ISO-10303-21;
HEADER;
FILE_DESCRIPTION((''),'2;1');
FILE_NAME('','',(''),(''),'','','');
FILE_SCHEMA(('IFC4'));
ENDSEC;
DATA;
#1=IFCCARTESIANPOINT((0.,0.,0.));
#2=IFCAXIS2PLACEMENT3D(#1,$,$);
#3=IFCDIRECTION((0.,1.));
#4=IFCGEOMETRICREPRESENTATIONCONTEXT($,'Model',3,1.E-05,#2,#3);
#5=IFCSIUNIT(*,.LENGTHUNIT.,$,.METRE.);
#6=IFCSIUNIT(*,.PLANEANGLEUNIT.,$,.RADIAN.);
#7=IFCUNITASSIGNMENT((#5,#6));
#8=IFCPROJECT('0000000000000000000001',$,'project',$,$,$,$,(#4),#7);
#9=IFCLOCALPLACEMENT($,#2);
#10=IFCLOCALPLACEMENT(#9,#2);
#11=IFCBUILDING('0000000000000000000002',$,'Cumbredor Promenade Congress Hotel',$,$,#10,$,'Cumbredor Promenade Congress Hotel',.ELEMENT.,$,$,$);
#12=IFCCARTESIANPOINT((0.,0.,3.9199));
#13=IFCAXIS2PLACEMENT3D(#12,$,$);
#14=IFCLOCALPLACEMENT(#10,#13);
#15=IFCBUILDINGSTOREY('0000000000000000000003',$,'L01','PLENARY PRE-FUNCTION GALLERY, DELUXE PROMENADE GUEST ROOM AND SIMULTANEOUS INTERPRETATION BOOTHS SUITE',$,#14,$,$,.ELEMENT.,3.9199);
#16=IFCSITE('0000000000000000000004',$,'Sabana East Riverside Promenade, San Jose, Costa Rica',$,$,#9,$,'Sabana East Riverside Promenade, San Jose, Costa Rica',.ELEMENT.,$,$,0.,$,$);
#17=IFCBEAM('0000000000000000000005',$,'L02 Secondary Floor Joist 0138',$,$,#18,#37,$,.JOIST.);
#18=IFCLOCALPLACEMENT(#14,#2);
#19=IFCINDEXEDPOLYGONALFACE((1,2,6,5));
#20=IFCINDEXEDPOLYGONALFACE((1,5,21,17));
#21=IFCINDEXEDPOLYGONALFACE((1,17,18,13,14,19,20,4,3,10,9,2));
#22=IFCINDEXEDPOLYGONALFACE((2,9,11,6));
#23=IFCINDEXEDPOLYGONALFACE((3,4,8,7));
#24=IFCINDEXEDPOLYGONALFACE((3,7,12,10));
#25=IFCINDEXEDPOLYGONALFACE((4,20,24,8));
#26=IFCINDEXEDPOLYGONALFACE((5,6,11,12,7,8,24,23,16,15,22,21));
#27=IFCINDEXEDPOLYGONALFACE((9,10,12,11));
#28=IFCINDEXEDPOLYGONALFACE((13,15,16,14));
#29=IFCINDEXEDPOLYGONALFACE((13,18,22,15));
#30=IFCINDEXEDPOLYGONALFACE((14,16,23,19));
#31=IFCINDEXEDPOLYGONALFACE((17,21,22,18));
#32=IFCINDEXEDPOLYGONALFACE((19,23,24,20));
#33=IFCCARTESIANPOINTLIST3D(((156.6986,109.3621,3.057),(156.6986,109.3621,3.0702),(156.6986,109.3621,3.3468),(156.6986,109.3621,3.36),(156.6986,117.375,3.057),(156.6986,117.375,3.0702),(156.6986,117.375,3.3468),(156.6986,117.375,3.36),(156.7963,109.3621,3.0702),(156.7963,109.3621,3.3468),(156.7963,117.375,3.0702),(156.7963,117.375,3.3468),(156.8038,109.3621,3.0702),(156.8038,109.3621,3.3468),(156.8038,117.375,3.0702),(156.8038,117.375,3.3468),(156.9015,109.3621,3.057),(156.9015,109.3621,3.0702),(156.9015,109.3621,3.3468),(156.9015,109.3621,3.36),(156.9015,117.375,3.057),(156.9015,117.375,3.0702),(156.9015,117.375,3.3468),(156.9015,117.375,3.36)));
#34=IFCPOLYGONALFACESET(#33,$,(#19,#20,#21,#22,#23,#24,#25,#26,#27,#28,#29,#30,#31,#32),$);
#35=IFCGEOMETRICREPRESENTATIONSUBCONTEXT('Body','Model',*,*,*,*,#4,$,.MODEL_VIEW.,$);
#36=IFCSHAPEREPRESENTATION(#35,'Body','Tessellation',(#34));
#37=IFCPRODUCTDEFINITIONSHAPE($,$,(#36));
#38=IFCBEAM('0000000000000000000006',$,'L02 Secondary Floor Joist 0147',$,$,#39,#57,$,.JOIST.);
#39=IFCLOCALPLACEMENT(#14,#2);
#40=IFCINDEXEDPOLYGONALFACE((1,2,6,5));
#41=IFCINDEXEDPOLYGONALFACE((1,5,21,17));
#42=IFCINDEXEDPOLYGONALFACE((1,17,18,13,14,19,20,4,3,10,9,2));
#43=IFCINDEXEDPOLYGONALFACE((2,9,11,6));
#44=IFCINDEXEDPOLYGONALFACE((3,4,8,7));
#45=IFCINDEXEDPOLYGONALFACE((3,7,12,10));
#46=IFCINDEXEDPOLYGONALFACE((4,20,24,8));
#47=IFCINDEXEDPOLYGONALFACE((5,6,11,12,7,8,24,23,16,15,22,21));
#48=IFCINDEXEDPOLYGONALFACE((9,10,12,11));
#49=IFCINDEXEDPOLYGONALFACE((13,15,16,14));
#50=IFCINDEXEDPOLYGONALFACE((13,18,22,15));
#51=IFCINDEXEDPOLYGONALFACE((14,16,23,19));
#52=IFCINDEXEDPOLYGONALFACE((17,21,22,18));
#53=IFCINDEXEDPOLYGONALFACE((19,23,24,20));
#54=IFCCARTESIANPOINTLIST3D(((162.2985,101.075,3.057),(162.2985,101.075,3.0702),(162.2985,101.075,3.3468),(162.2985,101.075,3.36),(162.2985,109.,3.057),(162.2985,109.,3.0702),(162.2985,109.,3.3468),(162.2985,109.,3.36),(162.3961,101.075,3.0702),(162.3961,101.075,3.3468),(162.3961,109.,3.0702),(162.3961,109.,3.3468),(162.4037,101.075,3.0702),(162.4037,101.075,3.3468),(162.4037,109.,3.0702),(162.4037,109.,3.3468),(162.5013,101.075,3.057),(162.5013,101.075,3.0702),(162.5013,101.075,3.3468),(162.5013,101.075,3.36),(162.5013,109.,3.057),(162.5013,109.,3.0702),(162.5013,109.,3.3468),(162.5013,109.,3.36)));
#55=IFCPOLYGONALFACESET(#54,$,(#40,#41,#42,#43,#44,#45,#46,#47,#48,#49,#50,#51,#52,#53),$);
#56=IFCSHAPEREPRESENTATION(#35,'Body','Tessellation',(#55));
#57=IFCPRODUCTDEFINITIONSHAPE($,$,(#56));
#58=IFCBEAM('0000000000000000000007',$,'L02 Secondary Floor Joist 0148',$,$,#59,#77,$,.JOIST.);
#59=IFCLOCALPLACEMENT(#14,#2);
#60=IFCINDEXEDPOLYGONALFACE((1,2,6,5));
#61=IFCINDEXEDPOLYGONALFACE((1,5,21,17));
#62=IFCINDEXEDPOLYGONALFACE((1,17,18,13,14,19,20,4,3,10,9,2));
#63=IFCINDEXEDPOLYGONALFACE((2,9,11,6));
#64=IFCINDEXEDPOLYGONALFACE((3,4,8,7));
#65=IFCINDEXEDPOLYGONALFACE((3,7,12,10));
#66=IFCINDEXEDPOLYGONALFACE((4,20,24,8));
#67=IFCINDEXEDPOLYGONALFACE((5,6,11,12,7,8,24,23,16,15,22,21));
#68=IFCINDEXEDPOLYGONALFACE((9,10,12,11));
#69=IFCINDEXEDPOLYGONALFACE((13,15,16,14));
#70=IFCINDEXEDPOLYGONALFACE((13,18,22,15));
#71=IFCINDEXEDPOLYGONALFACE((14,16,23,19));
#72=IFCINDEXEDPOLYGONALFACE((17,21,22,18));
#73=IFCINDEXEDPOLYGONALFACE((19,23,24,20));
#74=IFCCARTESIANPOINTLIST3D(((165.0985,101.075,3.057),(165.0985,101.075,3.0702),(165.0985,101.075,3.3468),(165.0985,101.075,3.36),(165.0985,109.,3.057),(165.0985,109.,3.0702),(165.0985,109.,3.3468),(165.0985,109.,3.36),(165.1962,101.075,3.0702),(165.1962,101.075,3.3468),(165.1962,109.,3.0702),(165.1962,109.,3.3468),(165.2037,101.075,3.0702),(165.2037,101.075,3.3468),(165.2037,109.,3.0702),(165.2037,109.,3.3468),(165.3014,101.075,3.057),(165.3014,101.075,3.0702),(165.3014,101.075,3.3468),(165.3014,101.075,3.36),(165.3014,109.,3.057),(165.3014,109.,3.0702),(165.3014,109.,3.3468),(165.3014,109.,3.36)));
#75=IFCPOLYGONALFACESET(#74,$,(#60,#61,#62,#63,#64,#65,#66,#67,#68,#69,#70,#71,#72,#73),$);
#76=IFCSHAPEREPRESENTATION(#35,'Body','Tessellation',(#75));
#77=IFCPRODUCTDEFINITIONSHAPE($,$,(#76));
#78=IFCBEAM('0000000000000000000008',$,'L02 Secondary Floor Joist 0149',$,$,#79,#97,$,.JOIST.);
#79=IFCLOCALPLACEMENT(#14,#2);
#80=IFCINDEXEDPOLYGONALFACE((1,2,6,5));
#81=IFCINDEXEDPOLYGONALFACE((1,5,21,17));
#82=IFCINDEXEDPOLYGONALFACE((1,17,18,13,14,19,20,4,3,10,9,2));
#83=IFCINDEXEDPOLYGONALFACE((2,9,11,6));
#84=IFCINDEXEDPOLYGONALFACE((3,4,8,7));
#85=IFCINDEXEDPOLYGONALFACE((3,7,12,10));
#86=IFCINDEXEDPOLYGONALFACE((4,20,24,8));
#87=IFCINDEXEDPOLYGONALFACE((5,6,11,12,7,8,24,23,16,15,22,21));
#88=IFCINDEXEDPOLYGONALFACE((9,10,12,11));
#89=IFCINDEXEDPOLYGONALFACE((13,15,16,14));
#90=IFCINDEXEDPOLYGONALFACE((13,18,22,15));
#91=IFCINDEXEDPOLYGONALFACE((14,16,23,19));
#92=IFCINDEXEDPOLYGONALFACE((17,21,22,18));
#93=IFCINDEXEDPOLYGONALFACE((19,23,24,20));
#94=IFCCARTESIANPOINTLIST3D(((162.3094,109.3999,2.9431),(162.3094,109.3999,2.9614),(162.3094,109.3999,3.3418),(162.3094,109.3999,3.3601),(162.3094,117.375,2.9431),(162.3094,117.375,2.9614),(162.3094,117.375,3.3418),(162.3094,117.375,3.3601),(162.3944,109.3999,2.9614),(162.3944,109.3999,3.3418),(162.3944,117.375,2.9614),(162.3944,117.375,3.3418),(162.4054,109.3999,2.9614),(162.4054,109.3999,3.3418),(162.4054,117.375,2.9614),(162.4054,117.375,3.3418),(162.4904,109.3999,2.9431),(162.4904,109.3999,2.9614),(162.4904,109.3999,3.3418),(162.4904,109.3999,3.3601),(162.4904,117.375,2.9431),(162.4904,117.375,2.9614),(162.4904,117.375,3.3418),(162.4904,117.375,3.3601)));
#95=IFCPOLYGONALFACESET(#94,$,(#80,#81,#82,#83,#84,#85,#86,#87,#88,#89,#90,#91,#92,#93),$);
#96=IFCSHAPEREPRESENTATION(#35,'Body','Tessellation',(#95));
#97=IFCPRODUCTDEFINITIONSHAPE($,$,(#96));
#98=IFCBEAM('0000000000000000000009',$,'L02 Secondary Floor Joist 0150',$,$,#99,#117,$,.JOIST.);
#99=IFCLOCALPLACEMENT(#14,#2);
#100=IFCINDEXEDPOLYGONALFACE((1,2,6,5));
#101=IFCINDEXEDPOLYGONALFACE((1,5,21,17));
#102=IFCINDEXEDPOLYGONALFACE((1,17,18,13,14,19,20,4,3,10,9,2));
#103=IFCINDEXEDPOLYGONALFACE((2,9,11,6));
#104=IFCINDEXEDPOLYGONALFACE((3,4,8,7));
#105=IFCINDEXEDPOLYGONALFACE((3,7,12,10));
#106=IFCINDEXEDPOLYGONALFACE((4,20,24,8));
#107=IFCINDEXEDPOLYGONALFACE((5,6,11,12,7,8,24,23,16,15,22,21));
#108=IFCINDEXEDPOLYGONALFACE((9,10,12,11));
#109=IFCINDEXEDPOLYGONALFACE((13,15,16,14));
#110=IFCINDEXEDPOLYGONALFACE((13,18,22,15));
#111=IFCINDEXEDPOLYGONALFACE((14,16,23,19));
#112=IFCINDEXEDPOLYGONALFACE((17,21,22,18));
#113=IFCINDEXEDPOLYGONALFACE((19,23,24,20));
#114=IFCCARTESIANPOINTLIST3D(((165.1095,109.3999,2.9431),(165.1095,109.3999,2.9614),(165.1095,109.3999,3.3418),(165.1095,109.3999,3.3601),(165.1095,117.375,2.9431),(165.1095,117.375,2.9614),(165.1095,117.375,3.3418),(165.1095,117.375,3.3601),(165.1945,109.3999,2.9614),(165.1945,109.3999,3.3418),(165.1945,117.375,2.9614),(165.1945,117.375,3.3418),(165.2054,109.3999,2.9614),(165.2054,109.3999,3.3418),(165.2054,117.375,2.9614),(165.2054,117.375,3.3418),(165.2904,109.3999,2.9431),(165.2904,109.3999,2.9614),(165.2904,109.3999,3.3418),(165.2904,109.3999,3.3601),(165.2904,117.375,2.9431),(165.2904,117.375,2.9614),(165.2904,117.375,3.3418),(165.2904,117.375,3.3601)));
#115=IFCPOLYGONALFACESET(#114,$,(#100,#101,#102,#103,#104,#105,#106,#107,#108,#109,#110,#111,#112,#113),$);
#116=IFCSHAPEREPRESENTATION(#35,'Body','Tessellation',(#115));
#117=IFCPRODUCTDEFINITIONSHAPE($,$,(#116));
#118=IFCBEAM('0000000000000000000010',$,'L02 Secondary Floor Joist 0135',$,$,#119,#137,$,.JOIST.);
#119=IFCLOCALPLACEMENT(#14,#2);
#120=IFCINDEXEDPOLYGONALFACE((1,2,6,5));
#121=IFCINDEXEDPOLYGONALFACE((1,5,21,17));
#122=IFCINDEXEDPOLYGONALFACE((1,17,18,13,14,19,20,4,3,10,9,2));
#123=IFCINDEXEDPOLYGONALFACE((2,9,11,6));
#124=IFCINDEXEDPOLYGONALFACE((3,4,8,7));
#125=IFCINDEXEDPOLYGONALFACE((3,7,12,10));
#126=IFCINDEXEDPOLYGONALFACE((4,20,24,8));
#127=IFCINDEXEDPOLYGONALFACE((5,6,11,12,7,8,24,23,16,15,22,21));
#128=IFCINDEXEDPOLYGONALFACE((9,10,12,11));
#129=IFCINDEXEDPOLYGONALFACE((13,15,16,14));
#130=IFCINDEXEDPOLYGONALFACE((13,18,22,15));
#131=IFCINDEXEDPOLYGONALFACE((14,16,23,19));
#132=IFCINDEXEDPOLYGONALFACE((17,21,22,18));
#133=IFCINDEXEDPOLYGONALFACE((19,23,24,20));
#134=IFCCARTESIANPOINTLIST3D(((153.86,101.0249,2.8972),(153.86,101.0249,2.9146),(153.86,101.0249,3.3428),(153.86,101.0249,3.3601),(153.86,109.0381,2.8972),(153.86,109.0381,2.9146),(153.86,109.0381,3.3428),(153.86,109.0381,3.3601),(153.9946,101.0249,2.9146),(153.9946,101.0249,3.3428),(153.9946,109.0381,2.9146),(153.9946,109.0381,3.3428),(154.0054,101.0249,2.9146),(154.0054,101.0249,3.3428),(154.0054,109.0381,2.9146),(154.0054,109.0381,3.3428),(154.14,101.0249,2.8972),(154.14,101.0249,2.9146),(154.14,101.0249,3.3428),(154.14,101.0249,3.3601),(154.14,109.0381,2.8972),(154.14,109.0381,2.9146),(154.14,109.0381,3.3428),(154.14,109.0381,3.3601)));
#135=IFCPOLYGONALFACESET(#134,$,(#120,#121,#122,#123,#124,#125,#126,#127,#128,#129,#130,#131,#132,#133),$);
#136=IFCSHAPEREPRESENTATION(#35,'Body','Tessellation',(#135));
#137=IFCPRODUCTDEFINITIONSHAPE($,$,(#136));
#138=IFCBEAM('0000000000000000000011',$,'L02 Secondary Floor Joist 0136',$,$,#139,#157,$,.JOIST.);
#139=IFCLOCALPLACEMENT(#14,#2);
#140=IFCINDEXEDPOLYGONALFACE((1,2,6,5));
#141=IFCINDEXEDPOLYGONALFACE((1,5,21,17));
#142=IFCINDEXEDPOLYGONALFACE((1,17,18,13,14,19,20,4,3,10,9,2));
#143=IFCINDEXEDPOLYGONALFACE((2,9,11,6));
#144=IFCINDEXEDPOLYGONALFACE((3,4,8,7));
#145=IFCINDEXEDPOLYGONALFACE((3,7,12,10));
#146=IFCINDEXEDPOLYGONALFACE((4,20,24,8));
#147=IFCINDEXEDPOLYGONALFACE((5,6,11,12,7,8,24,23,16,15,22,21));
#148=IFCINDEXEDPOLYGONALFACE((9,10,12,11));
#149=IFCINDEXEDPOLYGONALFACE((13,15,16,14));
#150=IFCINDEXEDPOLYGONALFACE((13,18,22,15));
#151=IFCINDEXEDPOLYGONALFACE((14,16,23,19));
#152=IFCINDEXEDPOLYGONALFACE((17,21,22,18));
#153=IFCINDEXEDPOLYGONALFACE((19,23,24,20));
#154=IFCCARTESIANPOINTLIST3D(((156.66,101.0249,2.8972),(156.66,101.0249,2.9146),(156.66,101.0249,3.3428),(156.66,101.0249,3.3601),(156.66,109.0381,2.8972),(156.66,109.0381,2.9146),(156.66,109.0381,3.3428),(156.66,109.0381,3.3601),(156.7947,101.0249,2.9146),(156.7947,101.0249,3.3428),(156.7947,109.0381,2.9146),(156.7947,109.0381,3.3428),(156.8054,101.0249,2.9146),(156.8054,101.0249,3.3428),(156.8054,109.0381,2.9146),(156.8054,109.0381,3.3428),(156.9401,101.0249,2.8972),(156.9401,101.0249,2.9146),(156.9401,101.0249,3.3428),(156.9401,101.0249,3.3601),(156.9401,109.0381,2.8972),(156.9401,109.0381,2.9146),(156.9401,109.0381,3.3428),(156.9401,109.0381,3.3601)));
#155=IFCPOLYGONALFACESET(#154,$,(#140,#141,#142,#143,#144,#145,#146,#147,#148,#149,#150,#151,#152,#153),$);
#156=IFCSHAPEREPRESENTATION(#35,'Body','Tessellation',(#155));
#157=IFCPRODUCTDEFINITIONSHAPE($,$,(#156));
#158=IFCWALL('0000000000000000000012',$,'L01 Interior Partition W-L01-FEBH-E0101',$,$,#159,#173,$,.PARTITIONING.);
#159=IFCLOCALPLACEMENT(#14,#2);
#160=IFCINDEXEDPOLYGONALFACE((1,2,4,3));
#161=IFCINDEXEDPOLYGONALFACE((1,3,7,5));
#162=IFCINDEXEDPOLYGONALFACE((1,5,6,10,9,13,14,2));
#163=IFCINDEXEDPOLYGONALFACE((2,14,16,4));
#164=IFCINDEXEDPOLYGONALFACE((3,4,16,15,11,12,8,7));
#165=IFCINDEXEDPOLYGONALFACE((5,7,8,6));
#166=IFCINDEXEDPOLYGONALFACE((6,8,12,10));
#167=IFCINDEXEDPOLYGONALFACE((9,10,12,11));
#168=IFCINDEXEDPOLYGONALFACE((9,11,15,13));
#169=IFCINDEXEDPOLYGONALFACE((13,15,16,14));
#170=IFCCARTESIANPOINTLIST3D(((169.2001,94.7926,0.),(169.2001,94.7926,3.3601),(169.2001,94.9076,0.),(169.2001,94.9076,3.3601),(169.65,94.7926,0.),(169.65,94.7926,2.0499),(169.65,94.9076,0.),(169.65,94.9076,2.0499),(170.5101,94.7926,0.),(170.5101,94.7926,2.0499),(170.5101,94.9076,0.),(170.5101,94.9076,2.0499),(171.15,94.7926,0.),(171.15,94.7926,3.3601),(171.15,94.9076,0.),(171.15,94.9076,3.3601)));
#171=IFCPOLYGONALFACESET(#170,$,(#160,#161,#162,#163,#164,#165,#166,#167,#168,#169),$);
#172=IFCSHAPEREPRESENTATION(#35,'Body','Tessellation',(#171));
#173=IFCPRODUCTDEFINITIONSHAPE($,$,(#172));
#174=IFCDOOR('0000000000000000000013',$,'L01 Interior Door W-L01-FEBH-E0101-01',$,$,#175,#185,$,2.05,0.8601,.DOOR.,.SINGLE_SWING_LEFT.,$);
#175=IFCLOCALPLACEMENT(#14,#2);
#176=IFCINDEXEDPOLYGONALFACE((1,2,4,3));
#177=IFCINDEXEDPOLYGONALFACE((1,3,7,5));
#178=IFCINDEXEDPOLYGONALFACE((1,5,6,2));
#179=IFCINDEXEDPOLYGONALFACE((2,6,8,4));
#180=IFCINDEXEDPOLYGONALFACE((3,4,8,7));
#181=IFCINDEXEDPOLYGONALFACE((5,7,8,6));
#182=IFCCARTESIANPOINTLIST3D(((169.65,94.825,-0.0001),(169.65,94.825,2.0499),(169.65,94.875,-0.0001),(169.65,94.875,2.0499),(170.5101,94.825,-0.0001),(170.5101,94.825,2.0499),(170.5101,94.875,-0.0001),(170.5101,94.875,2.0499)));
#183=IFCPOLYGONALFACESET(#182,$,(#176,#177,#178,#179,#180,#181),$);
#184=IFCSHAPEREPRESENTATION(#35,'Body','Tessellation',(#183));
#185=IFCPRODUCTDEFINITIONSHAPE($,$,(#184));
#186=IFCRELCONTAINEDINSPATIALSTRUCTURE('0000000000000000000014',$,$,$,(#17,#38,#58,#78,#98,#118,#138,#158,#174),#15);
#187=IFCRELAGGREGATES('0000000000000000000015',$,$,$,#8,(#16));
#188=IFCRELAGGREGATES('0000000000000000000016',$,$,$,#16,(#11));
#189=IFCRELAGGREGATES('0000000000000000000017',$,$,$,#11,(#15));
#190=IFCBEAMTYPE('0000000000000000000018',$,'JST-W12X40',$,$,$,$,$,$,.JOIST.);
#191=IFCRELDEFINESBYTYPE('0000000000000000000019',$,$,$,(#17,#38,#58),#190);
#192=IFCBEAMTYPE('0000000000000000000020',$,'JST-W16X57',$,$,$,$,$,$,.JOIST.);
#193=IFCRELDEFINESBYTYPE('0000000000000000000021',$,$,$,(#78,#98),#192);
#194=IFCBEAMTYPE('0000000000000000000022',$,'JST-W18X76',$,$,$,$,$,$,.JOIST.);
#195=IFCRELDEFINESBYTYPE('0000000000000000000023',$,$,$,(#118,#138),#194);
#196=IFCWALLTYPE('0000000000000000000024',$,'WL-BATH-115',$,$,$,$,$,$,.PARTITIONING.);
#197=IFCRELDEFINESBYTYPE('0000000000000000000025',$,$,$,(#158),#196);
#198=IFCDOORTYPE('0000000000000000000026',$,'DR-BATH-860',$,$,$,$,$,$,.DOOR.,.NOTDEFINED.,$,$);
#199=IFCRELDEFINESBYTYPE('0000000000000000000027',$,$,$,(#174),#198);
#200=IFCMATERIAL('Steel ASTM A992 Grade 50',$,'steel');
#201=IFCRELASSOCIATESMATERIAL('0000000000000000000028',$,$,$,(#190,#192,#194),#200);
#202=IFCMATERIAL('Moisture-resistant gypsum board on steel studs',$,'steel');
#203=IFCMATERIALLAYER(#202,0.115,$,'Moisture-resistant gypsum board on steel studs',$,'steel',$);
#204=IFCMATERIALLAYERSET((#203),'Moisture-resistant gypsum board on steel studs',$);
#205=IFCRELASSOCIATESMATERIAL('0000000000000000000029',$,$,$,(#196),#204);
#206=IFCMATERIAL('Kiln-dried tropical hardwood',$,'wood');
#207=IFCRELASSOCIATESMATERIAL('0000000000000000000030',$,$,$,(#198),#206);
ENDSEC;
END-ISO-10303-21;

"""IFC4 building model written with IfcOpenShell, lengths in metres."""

from ifc_helpers import new_model, si_unit, direction, frame, frame_2d, origin, origin_2d, place, context, subcontext, project, spatial, rectangle, i_section, extrude, material, layer, layer_set, material_profile, profile_set, type_object, element, fill, save


model = new_model("IFC4")

# Units and contexts
model_context = context("Model", 3, precision=1e-05, world=origin(), true_north=direction((0.0, 1.0)))
body_context = subcontext(model_context, "Body", "Model", "MODEL_VIEW")
ifc_project = project(units=[si_unit("LENGTHUNIT", "METRE"), si_unit("PLANEANGLEUNIT", "RADIAN")], contexts=[model_context])

# Site, building, storey
site_placement = place(None, origin())
site = spatial("IfcSite", under=ifc_project, at=site_placement, Name="Sabana East Riverside Promenade, San Jose, Costa Rica", LongName="Sabana East Riverside Promenade, San Jose, Costa Rica", CompositionType="ELEMENT", RefElevation=0.0)
building_placement = place(site_placement, origin())
building = spatial("IfcBuilding", under=site, at=building_placement, Name="Cumbredor Promenade Congress Hotel", LongName="Cumbredor Promenade Congress Hotel", CompositionType="ELEMENT")
storey_placement = place(building_placement, frame((0.0, 0.0, 3.9199)))
storey = spatial("IfcBuildingStorey", under=building, at=storey_placement, Name="L01", Description="PLENARY PRE-FUNCTION GALLERY, DELUXE PROMENADE GUEST ROOM AND SIMULTANEOUS INTERPRETATION BOOTHS SUITE", CompositionType="ELEMENT", Elevation=3.9199)

# Beams
ifc_material_1 = material(Name="Steel ASTM A992 Grade 50", Category="steel")
ifc_material_profile_1 = material_profile(ifc_material_1, i_section(OverallWidth=0.2029, OverallDepth=0.303, WebThickness=0.0076, FlangeThickness=0.0132, at=origin_2d()), Name="W12X40")
ifc_profile_set_1 = profile_set([ifc_material_profile_1], Name="Steel ASTM A992 Grade 50")
beam_type_1 = type_object("IfcBeamType", Name="JST-W12X40", PredefinedType="JOIST", material=ifc_profile_set_1)
for number, where, z_axis, x_axis, name in (
    (1, (156.8, 109.3621, 3.2085), (0.0, 1.0, 0.0), (-1.0, 0.0, 0.0), "L02 Secondary Floor Joist 0138"),
):
    element("IfcBeam", number, at=place(storey_placement, frame(where, z_axis=z_axis, x_axis=x_axis)), inside=storey, type_object=beam_type_1, Name=name, PredefinedType="JOIST", context=body_context, shape_type="SweptSolid", body=[
        extrude(i_section(OverallWidth=0.2029, OverallDepth=0.303, WebThickness=0.0076, FlangeThickness=0.0132, at=origin_2d()), origin(), (0.0, 0.0, 1.0), 8.0129),
    ])
for number, where, z_axis, x_axis, name in (
    (2, (162.3999, 101.075, 3.2085), (0.0, 1.0, 0.0), (-1.0, 0.0, 0.0), "L02 Secondary Floor Joist 0147"),
    (3, (165.2, 101.075, 3.2085), (0.0, 1.0, 0.0), (-1.0, 0.0, 0.0), "L02 Secondary Floor Joist 0148"),
):
    element("IfcBeam", number, at=place(storey_placement, frame(where, z_axis=z_axis, x_axis=x_axis)), inside=storey, type_object=beam_type_1, Name=name, PredefinedType="JOIST", context=body_context, shape_type="SweptSolid", body=[
        extrude(i_section(OverallWidth=0.2029, OverallDepth=0.303, WebThickness=0.0076, FlangeThickness=0.0132, at=origin_2d()), origin(), (0.0, 0.0, 1.0), 7.925),
    ])
ifc_material_profile_2 = material_profile(ifc_material_1, i_section(OverallWidth=0.1809, OverallDepth=0.417, WebThickness=0.011, FlangeThickness=0.0183, at=origin_2d()), Name="W16X57")
ifc_profile_set_2 = profile_set([ifc_material_profile_2], Name="Steel ASTM A992 Grade 50")
beam_type_2 = type_object("IfcBeamType", Name="JST-W16X57", PredefinedType="JOIST", material=ifc_profile_set_2)
for number, where, z_axis, x_axis, name in (
    (4, (162.3999, 109.3999, 3.1516), (0.0, 1.0, 0.0), (-1.0, 0.0, 0.0), "L02 Secondary Floor Joist 0149"),
    (5, (165.2, 109.3999, 3.1516), (0.0, 1.0, 0.0), (-1.0, 0.0, 0.0), "L02 Secondary Floor Joist 0150"),
):
    element("IfcBeam", number, at=place(storey_placement, frame(where, z_axis=z_axis, x_axis=x_axis)), inside=storey, type_object=beam_type_2, Name=name, PredefinedType="JOIST", context=body_context, shape_type="SweptSolid", body=[
        extrude(i_section(OverallWidth=0.1809, OverallDepth=0.417, WebThickness=0.011, FlangeThickness=0.0183, at=origin_2d()), origin(), (0.0, 0.0, 1.0), 7.9751),
    ])
ifc_material_profile_3 = material_profile(ifc_material_1, i_section(OverallWidth=0.28, OverallDepth=0.4629, WebThickness=0.0107, FlangeThickness=0.0173, at=origin_2d()), Name="W18X76")
ifc_profile_set_3 = profile_set([ifc_material_profile_3], Name="Steel ASTM A992 Grade 50")
beam_type_3 = type_object("IfcBeamType", Name="JST-W18X76", PredefinedType="JOIST", material=ifc_profile_set_3)
for number, where, z_axis, x_axis, name in (
    (6, (154.0, 101.0249, 3.1287), (0.0, 1.0, 0.0), (-1.0, 0.0, 0.0), "L02 Secondary Floor Joist 0135"),
    (7, (156.8, 101.0249, 3.1287), (0.0, 1.0, 0.0), (-1.0, 0.0, 0.0), "L02 Secondary Floor Joist 0136"),
):
    element("IfcBeam", number, at=place(storey_placement, frame(where, z_axis=z_axis, x_axis=x_axis)), inside=storey, type_object=beam_type_3, Name=name, PredefinedType="JOIST", context=body_context, shape_type="SweptSolid", body=[
        extrude(i_section(OverallWidth=0.28, OverallDepth=0.4629, WebThickness=0.0107, FlangeThickness=0.0173, at=origin_2d()), origin(), (0.0, 0.0, 1.0), 8.0132),
    ])

# Wall, opening, door
ifc_material_2 = material(Name="Moisture-resistant gypsum board on steel studs", Category="steel")
ifc_layer_1 = layer(ifc_material_2, 0.115, Name="Moisture-resistant gypsum board on steel studs", Category="steel")
ifc_layer_set_1 = layer_set([ifc_layer_1], Name="Moisture-resistant gypsum board on steel studs")
wall_type_1 = type_object("IfcWallType", Name="WL-BATH-115", PredefinedType="PARTITIONING", material=ifc_layer_set_1)
wall_1_placement = place(storey_placement, frame((169.2, 94.8501, 0.0), z_axis=(0.0, 0.0, 1.0), x_axis=(1.0, 0.0, 0.0)))
wall_1 = element("IfcWall", 8, at=wall_1_placement, inside=storey, type_object=wall_type_1, Name="L01 Interior Partition W-L01-FEBH-E0101", PredefinedType="PARTITIONING", context=body_context, shape_type="SweptSolid", body=[
    extrude(rectangle(XDim=1.95, YDim=0.115, at=frame_2d((0.9751, 0.0))), origin(), (0.0, 0.0, 1.0), 3.3601),
])
opening_placement = place(wall_1_placement, frame((0.45, 0.0, 0.0)))
opening = element("IfcOpeningElement", 9, at=opening_placement, cuts=wall_1, PredefinedType="OPENING", context=body_context, shape_type="SweptSolid", body=[
    extrude(rectangle(XDim=0.8601, YDim=2.05, at=frame_2d((0.4302, 1.0249))), frame((0.0, 0.0674, 0.0), z_axis=(0.0, -1.0, 0.0), x_axis=(1.0, 0.0, 0.0)), (0.0, 0.0, 1.0), 0.135),
])
ifc_material_3 = material(Name="Kiln-dried tropical hardwood", Category="wood")
door_type = type_object("IfcDoorType", Name="DR-BATH-860", OperationType="NOTDEFINED", PredefinedType="DOOR", material=ifc_material_3)
door_placement = place(opening_placement, origin())
door = element("IfcDoor", 10, at=door_placement, inside=storey, type_object=door_type, Name="L01 Interior Door W-L01-FEBH-E0101-01", OperationType="SINGLE_SWING_LEFT", OverallHeight=2.05, OverallWidth=0.8601, PredefinedType="DOOR", context=body_context, shape_type="SweptSolid", body=[
    extrude(rectangle(XDim=0.8601, YDim=2.05, at=frame_2d((0.4302, 1.0249))), frame((0.0, 0.0249, 0.0), z_axis=(0.0, -1.0, 0.0), x_axis=(1.0, 0.0, 0.0)), (0.0, 0.0, 1.0), 0.05),
])
fill(opening, door)

save(model, "model.ifc")
